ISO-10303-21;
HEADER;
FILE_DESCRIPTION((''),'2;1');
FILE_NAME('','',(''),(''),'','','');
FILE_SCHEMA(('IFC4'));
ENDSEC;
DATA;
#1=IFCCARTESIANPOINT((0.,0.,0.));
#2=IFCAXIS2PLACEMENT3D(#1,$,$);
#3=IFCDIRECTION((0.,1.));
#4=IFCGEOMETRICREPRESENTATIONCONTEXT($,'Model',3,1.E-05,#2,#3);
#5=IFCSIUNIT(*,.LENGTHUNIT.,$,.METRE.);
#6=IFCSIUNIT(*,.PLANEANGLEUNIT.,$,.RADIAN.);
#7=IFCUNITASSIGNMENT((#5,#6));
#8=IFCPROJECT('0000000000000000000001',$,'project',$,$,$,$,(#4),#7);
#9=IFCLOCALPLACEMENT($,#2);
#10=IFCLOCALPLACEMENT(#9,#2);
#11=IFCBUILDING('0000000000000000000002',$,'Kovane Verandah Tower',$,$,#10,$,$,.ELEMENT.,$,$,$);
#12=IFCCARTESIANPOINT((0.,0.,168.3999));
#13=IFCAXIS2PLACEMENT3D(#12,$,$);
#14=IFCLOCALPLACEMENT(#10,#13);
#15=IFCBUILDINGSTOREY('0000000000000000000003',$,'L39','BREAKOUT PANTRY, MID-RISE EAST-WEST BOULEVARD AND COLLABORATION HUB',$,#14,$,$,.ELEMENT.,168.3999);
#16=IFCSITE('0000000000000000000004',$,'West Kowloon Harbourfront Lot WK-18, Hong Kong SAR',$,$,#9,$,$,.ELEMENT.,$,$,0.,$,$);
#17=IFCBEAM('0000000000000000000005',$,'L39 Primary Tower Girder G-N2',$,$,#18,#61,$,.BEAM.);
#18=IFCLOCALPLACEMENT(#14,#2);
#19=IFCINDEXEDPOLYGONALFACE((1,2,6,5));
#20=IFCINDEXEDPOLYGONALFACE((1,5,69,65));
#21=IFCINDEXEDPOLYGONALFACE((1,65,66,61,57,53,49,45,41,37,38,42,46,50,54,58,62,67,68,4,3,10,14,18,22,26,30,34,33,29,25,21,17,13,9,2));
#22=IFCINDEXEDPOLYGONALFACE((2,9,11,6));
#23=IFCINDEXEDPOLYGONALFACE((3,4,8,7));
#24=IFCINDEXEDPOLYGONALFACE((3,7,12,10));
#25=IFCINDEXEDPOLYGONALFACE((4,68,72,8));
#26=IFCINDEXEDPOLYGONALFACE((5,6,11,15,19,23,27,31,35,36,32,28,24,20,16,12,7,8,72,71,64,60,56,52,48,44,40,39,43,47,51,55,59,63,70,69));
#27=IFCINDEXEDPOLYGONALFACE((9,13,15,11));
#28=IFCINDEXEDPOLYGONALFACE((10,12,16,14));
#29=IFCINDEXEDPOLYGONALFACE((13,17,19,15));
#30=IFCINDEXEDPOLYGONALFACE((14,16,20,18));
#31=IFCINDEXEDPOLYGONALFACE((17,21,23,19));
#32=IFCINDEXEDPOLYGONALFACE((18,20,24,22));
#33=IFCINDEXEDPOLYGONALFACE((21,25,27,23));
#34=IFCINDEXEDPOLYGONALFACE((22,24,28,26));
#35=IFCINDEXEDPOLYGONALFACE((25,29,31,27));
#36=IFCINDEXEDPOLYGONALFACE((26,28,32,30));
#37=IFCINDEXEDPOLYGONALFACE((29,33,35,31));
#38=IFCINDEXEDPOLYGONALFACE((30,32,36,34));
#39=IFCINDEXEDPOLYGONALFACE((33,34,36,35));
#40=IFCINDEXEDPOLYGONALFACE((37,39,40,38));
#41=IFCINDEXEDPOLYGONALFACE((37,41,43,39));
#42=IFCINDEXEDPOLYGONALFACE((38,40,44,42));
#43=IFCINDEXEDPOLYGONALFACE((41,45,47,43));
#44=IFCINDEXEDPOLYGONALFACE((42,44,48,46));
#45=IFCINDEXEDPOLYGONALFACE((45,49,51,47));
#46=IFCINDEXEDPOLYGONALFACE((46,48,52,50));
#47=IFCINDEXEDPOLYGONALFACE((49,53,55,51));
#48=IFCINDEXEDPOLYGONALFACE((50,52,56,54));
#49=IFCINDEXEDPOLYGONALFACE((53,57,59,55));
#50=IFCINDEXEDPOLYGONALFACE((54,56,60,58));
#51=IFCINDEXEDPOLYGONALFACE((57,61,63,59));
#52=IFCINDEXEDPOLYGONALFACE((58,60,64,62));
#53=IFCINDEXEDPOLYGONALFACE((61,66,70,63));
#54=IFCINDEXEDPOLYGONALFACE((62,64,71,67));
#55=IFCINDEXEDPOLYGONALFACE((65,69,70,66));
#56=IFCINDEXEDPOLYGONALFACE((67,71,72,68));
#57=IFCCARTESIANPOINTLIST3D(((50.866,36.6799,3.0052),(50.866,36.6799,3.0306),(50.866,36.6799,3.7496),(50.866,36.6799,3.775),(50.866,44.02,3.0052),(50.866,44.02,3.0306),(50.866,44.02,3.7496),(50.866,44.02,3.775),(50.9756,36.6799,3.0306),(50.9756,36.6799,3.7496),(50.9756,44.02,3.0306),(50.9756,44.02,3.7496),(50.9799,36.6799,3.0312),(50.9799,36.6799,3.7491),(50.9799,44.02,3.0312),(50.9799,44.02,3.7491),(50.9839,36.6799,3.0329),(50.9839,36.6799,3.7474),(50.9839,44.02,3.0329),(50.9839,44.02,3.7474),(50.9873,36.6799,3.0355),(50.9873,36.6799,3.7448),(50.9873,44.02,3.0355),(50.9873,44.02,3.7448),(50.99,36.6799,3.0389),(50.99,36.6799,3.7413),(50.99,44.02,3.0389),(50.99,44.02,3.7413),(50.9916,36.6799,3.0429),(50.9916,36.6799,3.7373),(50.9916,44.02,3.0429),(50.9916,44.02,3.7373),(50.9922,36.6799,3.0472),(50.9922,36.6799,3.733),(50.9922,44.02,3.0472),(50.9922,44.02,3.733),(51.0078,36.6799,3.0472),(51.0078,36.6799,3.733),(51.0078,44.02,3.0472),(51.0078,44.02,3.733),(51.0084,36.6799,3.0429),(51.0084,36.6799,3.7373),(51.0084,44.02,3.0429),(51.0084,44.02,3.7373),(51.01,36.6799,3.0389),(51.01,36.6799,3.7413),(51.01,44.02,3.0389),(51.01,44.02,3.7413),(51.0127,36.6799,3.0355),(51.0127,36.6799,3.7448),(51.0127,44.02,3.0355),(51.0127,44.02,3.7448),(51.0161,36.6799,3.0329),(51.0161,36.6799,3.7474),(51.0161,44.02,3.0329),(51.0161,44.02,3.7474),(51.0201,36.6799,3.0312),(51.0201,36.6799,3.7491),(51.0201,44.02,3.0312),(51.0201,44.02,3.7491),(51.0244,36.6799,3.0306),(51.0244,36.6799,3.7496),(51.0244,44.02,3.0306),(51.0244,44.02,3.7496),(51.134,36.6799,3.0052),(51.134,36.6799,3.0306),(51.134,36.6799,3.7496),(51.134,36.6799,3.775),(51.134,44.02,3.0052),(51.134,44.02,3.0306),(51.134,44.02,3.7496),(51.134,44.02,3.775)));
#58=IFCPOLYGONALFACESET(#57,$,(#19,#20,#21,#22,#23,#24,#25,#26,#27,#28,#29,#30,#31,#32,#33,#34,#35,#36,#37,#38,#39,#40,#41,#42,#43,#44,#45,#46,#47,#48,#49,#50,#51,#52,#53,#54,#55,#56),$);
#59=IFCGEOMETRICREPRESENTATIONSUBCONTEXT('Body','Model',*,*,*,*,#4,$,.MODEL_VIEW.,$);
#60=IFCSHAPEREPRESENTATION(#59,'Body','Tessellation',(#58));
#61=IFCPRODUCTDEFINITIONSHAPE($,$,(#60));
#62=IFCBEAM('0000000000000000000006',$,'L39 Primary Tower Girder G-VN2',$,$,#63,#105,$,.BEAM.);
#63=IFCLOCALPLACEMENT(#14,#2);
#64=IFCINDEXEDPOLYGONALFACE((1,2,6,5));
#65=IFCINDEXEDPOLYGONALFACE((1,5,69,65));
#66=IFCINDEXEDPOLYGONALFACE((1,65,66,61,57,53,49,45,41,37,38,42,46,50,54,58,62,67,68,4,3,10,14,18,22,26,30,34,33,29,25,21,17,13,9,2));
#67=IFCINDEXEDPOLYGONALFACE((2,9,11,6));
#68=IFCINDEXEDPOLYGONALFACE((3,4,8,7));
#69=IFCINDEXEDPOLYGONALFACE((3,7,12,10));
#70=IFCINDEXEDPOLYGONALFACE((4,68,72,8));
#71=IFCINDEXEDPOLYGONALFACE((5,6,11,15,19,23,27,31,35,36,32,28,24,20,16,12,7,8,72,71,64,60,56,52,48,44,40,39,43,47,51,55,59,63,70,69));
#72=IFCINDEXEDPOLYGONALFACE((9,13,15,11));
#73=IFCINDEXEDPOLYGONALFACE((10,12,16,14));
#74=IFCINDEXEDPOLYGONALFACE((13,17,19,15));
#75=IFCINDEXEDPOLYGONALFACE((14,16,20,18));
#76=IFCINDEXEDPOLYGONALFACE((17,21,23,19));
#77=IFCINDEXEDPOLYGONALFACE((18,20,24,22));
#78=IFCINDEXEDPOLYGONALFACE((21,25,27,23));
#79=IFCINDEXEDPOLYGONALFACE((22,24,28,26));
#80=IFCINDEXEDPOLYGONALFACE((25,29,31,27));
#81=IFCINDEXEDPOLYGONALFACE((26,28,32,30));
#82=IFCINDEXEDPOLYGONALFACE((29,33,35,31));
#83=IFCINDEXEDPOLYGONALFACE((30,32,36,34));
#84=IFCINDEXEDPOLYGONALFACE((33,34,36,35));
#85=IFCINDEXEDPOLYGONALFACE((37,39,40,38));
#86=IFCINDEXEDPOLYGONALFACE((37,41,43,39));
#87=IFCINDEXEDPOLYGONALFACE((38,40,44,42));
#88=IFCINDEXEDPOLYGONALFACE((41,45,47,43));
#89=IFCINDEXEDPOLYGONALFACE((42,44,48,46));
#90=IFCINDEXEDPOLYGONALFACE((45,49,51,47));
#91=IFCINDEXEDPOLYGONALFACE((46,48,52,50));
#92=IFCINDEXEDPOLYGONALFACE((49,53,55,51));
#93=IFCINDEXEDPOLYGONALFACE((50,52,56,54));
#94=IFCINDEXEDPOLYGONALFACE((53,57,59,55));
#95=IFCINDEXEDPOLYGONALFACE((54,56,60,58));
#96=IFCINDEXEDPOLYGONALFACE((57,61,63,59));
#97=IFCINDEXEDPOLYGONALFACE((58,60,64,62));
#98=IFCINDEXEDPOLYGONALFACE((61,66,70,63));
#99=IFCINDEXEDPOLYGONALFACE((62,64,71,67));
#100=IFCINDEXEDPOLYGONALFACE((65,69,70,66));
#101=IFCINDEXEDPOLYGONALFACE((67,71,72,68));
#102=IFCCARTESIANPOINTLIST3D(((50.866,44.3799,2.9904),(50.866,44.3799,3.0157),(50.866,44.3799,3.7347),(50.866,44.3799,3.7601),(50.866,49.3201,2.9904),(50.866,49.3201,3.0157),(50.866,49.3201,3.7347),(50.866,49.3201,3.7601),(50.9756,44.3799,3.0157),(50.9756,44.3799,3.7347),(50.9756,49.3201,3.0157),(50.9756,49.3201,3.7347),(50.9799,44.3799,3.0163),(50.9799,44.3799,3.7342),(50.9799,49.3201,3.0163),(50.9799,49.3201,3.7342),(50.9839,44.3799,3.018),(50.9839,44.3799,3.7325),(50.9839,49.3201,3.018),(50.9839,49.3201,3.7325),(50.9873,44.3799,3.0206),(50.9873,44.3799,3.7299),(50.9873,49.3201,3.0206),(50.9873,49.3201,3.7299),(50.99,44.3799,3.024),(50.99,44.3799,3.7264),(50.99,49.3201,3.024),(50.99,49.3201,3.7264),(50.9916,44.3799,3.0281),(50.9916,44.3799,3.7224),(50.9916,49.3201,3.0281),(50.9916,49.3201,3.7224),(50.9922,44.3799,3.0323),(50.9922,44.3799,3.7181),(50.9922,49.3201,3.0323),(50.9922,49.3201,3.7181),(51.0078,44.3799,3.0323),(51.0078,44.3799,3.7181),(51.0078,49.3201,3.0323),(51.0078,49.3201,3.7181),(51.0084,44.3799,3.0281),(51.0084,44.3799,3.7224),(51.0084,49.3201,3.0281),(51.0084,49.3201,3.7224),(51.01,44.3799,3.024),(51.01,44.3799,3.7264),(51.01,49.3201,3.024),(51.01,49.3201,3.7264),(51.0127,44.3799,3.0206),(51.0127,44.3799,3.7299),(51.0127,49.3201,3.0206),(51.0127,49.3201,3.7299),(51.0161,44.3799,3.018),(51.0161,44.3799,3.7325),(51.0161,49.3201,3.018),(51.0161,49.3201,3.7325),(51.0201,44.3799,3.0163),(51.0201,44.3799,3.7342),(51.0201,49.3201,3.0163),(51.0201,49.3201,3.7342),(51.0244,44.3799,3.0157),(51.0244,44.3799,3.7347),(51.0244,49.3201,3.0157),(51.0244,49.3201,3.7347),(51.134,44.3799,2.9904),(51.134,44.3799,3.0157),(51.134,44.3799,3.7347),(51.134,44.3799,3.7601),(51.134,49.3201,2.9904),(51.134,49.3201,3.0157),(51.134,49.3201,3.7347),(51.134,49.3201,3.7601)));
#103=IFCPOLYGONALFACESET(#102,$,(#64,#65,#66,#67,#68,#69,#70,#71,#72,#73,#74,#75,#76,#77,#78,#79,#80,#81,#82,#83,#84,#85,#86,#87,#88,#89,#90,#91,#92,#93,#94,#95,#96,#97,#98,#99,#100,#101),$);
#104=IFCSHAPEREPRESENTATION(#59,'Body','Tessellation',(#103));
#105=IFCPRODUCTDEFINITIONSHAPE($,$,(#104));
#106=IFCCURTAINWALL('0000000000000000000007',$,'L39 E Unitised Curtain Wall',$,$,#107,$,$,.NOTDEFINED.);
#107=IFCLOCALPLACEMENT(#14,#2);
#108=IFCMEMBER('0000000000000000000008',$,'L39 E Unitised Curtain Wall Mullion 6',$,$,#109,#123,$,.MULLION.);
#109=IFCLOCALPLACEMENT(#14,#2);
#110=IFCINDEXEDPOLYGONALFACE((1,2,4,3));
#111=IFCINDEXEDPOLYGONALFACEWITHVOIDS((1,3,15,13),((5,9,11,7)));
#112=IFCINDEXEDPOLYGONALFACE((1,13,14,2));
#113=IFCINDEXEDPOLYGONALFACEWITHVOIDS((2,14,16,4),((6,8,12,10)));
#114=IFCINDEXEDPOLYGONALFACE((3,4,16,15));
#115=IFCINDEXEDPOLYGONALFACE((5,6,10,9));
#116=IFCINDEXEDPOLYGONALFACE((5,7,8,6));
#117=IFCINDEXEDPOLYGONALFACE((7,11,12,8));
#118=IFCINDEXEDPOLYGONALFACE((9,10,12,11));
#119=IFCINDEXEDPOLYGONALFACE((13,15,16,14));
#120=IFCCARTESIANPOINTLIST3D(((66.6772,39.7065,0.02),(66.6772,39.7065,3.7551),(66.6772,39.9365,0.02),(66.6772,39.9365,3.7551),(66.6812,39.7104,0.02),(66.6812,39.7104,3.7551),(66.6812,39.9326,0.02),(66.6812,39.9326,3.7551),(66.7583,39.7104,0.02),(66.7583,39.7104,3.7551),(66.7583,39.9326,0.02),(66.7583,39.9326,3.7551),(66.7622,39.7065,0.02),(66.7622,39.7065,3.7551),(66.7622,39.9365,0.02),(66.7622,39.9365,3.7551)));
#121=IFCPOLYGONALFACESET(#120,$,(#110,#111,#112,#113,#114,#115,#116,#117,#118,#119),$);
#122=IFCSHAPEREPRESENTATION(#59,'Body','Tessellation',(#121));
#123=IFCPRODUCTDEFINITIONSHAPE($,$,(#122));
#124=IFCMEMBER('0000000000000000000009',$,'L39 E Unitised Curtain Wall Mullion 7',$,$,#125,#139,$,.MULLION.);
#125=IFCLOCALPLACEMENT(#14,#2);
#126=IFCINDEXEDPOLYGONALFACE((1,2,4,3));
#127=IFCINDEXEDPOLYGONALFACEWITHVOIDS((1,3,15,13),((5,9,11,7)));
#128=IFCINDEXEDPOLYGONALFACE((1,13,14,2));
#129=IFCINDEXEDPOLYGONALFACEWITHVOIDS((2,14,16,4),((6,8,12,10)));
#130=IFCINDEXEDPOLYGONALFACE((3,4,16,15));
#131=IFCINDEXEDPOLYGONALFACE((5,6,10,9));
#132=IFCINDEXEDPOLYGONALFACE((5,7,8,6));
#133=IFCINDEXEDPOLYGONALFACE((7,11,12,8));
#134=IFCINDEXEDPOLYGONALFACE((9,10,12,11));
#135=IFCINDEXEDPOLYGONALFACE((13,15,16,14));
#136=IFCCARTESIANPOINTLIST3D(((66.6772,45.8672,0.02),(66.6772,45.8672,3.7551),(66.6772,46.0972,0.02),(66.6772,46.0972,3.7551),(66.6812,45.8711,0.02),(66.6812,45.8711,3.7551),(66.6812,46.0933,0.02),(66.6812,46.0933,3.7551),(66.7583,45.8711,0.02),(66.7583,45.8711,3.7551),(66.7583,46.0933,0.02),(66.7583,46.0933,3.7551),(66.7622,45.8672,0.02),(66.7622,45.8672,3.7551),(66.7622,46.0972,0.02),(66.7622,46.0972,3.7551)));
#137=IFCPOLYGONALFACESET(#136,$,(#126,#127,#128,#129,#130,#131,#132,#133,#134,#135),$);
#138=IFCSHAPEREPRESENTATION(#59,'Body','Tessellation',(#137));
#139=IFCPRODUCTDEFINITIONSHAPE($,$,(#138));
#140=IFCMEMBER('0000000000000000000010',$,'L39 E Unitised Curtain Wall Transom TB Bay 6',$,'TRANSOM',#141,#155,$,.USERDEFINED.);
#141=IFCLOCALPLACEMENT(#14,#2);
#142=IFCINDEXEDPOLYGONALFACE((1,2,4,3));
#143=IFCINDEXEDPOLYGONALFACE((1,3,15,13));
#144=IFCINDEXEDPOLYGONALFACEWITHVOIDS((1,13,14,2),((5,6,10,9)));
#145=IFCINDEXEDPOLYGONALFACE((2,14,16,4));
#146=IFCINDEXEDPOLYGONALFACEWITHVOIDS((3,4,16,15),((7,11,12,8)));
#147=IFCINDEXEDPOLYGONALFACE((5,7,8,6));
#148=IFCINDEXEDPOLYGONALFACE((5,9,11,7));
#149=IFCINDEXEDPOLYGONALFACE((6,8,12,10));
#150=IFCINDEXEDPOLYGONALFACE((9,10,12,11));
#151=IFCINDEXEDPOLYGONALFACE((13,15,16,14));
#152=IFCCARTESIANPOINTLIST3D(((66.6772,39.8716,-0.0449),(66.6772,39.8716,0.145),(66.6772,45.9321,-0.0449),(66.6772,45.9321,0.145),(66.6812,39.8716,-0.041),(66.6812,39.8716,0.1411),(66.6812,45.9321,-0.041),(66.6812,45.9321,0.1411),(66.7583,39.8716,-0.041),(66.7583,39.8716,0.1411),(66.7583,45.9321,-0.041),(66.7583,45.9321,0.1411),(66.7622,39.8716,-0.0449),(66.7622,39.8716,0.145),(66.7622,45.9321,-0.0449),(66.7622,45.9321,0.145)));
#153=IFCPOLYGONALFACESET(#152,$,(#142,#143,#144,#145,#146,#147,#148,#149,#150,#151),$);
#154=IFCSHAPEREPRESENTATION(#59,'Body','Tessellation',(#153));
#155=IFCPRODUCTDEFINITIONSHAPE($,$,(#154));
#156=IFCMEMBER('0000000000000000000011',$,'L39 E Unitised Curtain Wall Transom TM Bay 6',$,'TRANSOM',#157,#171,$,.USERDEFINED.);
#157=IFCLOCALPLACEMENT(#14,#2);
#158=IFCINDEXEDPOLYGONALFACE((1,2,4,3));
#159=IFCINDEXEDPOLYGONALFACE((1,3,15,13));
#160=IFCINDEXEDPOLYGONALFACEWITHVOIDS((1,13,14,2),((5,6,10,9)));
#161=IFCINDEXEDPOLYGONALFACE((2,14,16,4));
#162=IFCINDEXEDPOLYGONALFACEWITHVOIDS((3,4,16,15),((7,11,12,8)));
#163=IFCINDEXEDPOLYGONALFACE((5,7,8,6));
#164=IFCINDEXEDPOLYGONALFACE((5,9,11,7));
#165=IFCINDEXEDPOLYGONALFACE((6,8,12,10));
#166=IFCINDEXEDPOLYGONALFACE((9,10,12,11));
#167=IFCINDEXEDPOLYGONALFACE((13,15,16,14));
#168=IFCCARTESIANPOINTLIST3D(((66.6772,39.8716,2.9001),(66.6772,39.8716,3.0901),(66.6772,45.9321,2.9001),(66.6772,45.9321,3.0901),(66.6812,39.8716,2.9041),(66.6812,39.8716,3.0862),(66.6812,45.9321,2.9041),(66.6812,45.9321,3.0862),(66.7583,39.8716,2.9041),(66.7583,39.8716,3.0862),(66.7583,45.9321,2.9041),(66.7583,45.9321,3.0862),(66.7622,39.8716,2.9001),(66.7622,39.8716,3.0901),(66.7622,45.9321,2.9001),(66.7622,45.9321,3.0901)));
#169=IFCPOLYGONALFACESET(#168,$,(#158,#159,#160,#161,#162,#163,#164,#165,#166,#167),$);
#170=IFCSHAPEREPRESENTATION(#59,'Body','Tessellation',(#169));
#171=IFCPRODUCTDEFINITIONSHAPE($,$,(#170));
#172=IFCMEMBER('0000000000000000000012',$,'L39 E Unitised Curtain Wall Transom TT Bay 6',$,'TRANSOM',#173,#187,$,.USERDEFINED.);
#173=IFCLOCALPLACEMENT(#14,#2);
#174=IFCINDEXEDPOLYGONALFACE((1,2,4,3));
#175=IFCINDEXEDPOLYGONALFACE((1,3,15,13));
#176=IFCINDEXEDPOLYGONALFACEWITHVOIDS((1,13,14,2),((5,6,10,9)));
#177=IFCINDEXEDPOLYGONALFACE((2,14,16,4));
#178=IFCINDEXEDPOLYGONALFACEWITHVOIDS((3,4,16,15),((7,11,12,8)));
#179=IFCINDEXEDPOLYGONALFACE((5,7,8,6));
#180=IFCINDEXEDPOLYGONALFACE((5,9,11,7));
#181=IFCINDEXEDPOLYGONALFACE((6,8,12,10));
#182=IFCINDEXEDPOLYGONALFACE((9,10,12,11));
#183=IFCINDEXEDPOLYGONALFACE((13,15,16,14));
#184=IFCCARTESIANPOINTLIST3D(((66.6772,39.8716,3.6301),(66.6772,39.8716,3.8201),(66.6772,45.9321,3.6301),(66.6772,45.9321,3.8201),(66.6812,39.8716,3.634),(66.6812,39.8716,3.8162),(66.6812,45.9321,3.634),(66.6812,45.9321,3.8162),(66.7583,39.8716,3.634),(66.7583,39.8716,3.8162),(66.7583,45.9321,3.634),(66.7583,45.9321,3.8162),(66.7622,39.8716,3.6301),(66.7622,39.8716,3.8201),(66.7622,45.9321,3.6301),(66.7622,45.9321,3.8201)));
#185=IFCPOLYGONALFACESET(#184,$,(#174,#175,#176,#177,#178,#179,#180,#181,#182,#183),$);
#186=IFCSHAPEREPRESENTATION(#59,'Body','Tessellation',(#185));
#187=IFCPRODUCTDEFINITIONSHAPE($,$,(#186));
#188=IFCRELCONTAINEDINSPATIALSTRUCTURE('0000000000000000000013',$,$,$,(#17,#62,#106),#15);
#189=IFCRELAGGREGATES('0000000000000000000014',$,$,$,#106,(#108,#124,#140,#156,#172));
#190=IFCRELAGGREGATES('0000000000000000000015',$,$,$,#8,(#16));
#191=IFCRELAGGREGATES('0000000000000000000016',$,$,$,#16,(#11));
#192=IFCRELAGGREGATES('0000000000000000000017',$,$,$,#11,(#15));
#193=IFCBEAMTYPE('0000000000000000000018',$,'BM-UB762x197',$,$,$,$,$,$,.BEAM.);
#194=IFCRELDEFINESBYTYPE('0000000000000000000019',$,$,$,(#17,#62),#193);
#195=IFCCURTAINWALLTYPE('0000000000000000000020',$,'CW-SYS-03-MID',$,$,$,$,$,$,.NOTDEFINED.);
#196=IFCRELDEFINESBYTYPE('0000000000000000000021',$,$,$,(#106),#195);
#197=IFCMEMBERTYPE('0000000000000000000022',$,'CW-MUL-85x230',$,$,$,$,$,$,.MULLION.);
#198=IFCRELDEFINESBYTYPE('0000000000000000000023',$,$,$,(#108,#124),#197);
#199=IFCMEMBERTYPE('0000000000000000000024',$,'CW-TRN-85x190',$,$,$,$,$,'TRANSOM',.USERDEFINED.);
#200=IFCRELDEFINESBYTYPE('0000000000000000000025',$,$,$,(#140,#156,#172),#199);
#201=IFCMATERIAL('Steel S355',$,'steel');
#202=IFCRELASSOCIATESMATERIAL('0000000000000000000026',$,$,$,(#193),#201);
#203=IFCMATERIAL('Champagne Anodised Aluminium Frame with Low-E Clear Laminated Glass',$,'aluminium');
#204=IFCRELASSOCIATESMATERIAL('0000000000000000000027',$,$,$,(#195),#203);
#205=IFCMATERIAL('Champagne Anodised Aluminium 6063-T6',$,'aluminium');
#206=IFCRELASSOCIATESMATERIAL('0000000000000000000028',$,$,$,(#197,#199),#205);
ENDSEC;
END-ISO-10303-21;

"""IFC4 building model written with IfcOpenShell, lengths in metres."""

from ifc_helpers import new_model, si_unit, direction, frame, origin, origin_2d, place, context, subcontext, project, spatial, hollow_rectangle, i_section, extrude, material, material_profile, profile_set, type_object, element, aggregate, save


model = new_model("IFC4")

# Units and contexts
model_context = context("Model", 3, precision=1e-05, world=origin(), true_north=direction((0.0, 1.0)))
body_context = subcontext(model_context, "Body", "Model", "MODEL_VIEW")
ifc_project = project(units=[si_unit("LENGTHUNIT", "METRE"), si_unit("PLANEANGLEUNIT", "RADIAN")], contexts=[model_context])

# Site, building, storey
site_placement = place(None, origin())
site = spatial("IfcSite", under=ifc_project, at=site_placement, Name="West Kowloon Harbourfront Lot WK-18, Hong Kong SAR", CompositionType="ELEMENT", RefElevation=0.0)
building_placement = place(site_placement, origin())
building = spatial("IfcBuilding", under=site, at=building_placement, Name="Kovane Verandah Tower", CompositionType="ELEMENT")
storey_placement = place(building_placement, frame((0.0, 0.0, 168.3999)))
storey = spatial("IfcBuildingStorey", under=building, at=storey_placement, Name="L39", Description="BREAKOUT PANTRY, MID-RISE EAST-WEST BOULEVARD AND COLLABORATION HUB", CompositionType="ELEMENT", Elevation=168.3999)

# Beams
ifc_material_1 = material(Name="Steel S355", Category="steel")
ifc_material_profile_1 = material_profile(ifc_material_1, i_section(OverallWidth=0.2681, OverallDepth=0.7698, WebThickness=0.0156, FlangeThickness=0.0254, FilletRadius=0.0166, at=origin_2d()), Name="UB762x267x197")
ifc_profile_set_1 = profile_set([ifc_material_profile_1], Name="Steel S355")
beam_type_1 = type_object("IfcBeamType", Name="BM-UB762x197", PredefinedType="BEAM", material=ifc_profile_set_1)
for number, where, z_axis, x_axis, name in (
    (1, (51.0, 36.6799, 3.3901), (0.0, 1.0, 0.0), (-1.0, 0.0, 0.0), "L39 Primary Tower Girder G-N2"),
):
    element("IfcBeam", number, at=place(storey_placement, frame(where, z_axis=z_axis, x_axis=x_axis)), inside=storey, type_object=beam_type_1, Name=name, PredefinedType="BEAM", context=body_context, shape_type="SweptSolid", body=[
        extrude(i_section(OverallWidth=0.2681, OverallDepth=0.7698, WebThickness=0.0156, FlangeThickness=0.0254, FilletRadius=0.0166, at=origin_2d()), origin(), (0.0, 0.0, 1.0), 7.3401),
    ])
beam_1_placement = place(storey_placement, frame((51.0, 44.3799, 3.3752), z_axis=(0.0, 1.0, 0.0), x_axis=(-1.0, 0.0, 0.0)))
element("IfcBeam", 2, at=beam_1_placement, inside=storey, type_object=beam_type_1, Name="L39 Primary Tower Girder G-VN2", PredefinedType="BEAM", context=body_context, shape_type="SweptSolid", body=[
    extrude(i_section(OverallWidth=0.2681, OverallDepth=0.7698, WebThickness=0.0156, FlangeThickness=0.0254, FilletRadius=0.0166, at=origin_2d()), origin(), (0.0, 0.0, 1.0), 4.9402),
])

# Curtain wall, members
ifc_material_2 = material(Name="Champagne Anodised Aluminium Frame with Low-E Clear Laminated Glass", Category="aluminium")
curtain_wall_type = type_object("IfcCurtainWallType", Name="CW-SYS-03-MID", PredefinedType="NOTDEFINED", material=ifc_material_2)
curtain_wall_placement = place(storey_placement, origin())
curtain_wall = element("IfcCurtainWall", 3, at=curtain_wall_placement, inside=storey, type_object=curtain_wall_type, Name="L39 E Unitised Curtain Wall", PredefinedType="NOTDEFINED")
ifc_material_3 = material(Name="Champagne Anodised Aluminium 6063-T6", Category="aluminium")
ifc_material_profile_2 = material_profile(ifc_material_3, hollow_rectangle(XDim=0.085, YDim=0.23, WallThickness=0.0039, at=origin_2d()), Name="AL85x230x4")
ifc_profile_set_2 = profile_set([ifc_material_profile_2], Name="Champagne Anodised Aluminium 6063-T6")
member_type_1 = type_object("IfcMemberType", Name="CW-MUL-85x230", PredefinedType="MULLION", material=ifc_profile_set_2)
member_1_placement = place(storey_placement, frame((66.7197, 39.8215, 0.02), z_axis=(0.0, 0.0, 1.0), x_axis=(1.0, 0.0, 0.0)))
member_1 = element("IfcMember", 4, at=member_1_placement, type_object=member_type_1, Name="L39 E Unitised Curtain Wall Mullion 6", PredefinedType="MULLION", context=body_context, shape_type="SweptSolid", body=[
    extrude(hollow_rectangle(XDim=0.085, YDim=0.23, WallThickness=0.0039, at=origin_2d()), origin(), (0.0, 0.0, 1.0), 3.7351),
])
member_2_placement = place(storey_placement, frame((66.7197, 45.9822, 0.02), z_axis=(0.0, 0.0, 1.0), x_axis=(1.0, 0.0, 0.0)))
member_2 = element("IfcMember", 5, at=member_2_placement, type_object=member_type_1, Name="L39 E Unitised Curtain Wall Mullion 7", PredefinedType="MULLION", context=body_context, shape_type="SweptSolid", body=[
    extrude(hollow_rectangle(XDim=0.085, YDim=0.23, WallThickness=0.0039, at=origin_2d()), origin(), (0.0, 0.0, 1.0), 3.7351),
])
ifc_material_profile_3 = material_profile(ifc_material_3, hollow_rectangle(XDim=0.085, YDim=0.1899, WallThickness=0.0039, at=origin_2d()), Name="AL85x190x4")
ifc_profile_set_3 = profile_set([ifc_material_profile_3], Name="Champagne Anodised Aluminium 6063-T6")
member_type_2 = type_object("IfcMemberType", Name="CW-TRN-85x190", ElementType="TRANSOM", PredefinedType="USERDEFINED", material=ifc_profile_set_3)
member_3_placement = place(storey_placement, frame((66.7197, 39.8716, 0.05), z_axis=(0.0, 1.0, 0.0), x_axis=(-1.0, 0.0, 0.0)))
member_3 = element("IfcMember", 6, at=member_3_placement, type_object=member_type_2, Name="L39 E Unitised Curtain Wall Transom TB Bay 6", ObjectType="TRANSOM", PredefinedType="USERDEFINED", context=body_context, shape_type="SweptSolid", body=[
    extrude(hollow_rectangle(XDim=0.085, YDim=0.1899, WallThickness=0.0039, at=origin_2d()), origin(), (0.0, 0.0, 1.0), 6.0605),
])
member_4_placement = place(storey_placement, frame((66.7197, 39.8716, 2.9951), z_axis=(0.0, 1.0, 0.0), x_axis=(-1.0, 0.0, 0.0)))
member_4 = element("IfcMember", 7, at=member_4_placement, type_object=member_type_2, Name="L39 E Unitised Curtain Wall Transom TM Bay 6", ObjectType="TRANSOM", PredefinedType="USERDEFINED", context=body_context, shape_type="SweptSolid", body=[
    extrude(hollow_rectangle(XDim=0.085, YDim=0.1899, WallThickness=0.0039, at=origin_2d()), origin(), (0.0, 0.0, 1.0), 6.0605),
])
member_5_placement = place(storey_placement, frame((66.7197, 39.8716, 3.7251), z_axis=(0.0, 1.0, 0.0), x_axis=(-1.0, 0.0, 0.0)))
member_5 = element("IfcMember", 8, at=member_5_placement, type_object=member_type_2, Name="L39 E Unitised Curtain Wall Transom TT Bay 6", ObjectType="TRANSOM", PredefinedType="USERDEFINED", context=body_context, shape_type="SweptSolid", body=[
    extrude(hollow_rectangle(XDim=0.085, YDim=0.1899, WallThickness=0.0039, at=origin_2d()), origin(), (0.0, 0.0, 1.0), 6.0605),
])

aggregate(curtain_wall, [member_1, member_2, member_3, member_4, member_5])

save(model, "model.ifc")
